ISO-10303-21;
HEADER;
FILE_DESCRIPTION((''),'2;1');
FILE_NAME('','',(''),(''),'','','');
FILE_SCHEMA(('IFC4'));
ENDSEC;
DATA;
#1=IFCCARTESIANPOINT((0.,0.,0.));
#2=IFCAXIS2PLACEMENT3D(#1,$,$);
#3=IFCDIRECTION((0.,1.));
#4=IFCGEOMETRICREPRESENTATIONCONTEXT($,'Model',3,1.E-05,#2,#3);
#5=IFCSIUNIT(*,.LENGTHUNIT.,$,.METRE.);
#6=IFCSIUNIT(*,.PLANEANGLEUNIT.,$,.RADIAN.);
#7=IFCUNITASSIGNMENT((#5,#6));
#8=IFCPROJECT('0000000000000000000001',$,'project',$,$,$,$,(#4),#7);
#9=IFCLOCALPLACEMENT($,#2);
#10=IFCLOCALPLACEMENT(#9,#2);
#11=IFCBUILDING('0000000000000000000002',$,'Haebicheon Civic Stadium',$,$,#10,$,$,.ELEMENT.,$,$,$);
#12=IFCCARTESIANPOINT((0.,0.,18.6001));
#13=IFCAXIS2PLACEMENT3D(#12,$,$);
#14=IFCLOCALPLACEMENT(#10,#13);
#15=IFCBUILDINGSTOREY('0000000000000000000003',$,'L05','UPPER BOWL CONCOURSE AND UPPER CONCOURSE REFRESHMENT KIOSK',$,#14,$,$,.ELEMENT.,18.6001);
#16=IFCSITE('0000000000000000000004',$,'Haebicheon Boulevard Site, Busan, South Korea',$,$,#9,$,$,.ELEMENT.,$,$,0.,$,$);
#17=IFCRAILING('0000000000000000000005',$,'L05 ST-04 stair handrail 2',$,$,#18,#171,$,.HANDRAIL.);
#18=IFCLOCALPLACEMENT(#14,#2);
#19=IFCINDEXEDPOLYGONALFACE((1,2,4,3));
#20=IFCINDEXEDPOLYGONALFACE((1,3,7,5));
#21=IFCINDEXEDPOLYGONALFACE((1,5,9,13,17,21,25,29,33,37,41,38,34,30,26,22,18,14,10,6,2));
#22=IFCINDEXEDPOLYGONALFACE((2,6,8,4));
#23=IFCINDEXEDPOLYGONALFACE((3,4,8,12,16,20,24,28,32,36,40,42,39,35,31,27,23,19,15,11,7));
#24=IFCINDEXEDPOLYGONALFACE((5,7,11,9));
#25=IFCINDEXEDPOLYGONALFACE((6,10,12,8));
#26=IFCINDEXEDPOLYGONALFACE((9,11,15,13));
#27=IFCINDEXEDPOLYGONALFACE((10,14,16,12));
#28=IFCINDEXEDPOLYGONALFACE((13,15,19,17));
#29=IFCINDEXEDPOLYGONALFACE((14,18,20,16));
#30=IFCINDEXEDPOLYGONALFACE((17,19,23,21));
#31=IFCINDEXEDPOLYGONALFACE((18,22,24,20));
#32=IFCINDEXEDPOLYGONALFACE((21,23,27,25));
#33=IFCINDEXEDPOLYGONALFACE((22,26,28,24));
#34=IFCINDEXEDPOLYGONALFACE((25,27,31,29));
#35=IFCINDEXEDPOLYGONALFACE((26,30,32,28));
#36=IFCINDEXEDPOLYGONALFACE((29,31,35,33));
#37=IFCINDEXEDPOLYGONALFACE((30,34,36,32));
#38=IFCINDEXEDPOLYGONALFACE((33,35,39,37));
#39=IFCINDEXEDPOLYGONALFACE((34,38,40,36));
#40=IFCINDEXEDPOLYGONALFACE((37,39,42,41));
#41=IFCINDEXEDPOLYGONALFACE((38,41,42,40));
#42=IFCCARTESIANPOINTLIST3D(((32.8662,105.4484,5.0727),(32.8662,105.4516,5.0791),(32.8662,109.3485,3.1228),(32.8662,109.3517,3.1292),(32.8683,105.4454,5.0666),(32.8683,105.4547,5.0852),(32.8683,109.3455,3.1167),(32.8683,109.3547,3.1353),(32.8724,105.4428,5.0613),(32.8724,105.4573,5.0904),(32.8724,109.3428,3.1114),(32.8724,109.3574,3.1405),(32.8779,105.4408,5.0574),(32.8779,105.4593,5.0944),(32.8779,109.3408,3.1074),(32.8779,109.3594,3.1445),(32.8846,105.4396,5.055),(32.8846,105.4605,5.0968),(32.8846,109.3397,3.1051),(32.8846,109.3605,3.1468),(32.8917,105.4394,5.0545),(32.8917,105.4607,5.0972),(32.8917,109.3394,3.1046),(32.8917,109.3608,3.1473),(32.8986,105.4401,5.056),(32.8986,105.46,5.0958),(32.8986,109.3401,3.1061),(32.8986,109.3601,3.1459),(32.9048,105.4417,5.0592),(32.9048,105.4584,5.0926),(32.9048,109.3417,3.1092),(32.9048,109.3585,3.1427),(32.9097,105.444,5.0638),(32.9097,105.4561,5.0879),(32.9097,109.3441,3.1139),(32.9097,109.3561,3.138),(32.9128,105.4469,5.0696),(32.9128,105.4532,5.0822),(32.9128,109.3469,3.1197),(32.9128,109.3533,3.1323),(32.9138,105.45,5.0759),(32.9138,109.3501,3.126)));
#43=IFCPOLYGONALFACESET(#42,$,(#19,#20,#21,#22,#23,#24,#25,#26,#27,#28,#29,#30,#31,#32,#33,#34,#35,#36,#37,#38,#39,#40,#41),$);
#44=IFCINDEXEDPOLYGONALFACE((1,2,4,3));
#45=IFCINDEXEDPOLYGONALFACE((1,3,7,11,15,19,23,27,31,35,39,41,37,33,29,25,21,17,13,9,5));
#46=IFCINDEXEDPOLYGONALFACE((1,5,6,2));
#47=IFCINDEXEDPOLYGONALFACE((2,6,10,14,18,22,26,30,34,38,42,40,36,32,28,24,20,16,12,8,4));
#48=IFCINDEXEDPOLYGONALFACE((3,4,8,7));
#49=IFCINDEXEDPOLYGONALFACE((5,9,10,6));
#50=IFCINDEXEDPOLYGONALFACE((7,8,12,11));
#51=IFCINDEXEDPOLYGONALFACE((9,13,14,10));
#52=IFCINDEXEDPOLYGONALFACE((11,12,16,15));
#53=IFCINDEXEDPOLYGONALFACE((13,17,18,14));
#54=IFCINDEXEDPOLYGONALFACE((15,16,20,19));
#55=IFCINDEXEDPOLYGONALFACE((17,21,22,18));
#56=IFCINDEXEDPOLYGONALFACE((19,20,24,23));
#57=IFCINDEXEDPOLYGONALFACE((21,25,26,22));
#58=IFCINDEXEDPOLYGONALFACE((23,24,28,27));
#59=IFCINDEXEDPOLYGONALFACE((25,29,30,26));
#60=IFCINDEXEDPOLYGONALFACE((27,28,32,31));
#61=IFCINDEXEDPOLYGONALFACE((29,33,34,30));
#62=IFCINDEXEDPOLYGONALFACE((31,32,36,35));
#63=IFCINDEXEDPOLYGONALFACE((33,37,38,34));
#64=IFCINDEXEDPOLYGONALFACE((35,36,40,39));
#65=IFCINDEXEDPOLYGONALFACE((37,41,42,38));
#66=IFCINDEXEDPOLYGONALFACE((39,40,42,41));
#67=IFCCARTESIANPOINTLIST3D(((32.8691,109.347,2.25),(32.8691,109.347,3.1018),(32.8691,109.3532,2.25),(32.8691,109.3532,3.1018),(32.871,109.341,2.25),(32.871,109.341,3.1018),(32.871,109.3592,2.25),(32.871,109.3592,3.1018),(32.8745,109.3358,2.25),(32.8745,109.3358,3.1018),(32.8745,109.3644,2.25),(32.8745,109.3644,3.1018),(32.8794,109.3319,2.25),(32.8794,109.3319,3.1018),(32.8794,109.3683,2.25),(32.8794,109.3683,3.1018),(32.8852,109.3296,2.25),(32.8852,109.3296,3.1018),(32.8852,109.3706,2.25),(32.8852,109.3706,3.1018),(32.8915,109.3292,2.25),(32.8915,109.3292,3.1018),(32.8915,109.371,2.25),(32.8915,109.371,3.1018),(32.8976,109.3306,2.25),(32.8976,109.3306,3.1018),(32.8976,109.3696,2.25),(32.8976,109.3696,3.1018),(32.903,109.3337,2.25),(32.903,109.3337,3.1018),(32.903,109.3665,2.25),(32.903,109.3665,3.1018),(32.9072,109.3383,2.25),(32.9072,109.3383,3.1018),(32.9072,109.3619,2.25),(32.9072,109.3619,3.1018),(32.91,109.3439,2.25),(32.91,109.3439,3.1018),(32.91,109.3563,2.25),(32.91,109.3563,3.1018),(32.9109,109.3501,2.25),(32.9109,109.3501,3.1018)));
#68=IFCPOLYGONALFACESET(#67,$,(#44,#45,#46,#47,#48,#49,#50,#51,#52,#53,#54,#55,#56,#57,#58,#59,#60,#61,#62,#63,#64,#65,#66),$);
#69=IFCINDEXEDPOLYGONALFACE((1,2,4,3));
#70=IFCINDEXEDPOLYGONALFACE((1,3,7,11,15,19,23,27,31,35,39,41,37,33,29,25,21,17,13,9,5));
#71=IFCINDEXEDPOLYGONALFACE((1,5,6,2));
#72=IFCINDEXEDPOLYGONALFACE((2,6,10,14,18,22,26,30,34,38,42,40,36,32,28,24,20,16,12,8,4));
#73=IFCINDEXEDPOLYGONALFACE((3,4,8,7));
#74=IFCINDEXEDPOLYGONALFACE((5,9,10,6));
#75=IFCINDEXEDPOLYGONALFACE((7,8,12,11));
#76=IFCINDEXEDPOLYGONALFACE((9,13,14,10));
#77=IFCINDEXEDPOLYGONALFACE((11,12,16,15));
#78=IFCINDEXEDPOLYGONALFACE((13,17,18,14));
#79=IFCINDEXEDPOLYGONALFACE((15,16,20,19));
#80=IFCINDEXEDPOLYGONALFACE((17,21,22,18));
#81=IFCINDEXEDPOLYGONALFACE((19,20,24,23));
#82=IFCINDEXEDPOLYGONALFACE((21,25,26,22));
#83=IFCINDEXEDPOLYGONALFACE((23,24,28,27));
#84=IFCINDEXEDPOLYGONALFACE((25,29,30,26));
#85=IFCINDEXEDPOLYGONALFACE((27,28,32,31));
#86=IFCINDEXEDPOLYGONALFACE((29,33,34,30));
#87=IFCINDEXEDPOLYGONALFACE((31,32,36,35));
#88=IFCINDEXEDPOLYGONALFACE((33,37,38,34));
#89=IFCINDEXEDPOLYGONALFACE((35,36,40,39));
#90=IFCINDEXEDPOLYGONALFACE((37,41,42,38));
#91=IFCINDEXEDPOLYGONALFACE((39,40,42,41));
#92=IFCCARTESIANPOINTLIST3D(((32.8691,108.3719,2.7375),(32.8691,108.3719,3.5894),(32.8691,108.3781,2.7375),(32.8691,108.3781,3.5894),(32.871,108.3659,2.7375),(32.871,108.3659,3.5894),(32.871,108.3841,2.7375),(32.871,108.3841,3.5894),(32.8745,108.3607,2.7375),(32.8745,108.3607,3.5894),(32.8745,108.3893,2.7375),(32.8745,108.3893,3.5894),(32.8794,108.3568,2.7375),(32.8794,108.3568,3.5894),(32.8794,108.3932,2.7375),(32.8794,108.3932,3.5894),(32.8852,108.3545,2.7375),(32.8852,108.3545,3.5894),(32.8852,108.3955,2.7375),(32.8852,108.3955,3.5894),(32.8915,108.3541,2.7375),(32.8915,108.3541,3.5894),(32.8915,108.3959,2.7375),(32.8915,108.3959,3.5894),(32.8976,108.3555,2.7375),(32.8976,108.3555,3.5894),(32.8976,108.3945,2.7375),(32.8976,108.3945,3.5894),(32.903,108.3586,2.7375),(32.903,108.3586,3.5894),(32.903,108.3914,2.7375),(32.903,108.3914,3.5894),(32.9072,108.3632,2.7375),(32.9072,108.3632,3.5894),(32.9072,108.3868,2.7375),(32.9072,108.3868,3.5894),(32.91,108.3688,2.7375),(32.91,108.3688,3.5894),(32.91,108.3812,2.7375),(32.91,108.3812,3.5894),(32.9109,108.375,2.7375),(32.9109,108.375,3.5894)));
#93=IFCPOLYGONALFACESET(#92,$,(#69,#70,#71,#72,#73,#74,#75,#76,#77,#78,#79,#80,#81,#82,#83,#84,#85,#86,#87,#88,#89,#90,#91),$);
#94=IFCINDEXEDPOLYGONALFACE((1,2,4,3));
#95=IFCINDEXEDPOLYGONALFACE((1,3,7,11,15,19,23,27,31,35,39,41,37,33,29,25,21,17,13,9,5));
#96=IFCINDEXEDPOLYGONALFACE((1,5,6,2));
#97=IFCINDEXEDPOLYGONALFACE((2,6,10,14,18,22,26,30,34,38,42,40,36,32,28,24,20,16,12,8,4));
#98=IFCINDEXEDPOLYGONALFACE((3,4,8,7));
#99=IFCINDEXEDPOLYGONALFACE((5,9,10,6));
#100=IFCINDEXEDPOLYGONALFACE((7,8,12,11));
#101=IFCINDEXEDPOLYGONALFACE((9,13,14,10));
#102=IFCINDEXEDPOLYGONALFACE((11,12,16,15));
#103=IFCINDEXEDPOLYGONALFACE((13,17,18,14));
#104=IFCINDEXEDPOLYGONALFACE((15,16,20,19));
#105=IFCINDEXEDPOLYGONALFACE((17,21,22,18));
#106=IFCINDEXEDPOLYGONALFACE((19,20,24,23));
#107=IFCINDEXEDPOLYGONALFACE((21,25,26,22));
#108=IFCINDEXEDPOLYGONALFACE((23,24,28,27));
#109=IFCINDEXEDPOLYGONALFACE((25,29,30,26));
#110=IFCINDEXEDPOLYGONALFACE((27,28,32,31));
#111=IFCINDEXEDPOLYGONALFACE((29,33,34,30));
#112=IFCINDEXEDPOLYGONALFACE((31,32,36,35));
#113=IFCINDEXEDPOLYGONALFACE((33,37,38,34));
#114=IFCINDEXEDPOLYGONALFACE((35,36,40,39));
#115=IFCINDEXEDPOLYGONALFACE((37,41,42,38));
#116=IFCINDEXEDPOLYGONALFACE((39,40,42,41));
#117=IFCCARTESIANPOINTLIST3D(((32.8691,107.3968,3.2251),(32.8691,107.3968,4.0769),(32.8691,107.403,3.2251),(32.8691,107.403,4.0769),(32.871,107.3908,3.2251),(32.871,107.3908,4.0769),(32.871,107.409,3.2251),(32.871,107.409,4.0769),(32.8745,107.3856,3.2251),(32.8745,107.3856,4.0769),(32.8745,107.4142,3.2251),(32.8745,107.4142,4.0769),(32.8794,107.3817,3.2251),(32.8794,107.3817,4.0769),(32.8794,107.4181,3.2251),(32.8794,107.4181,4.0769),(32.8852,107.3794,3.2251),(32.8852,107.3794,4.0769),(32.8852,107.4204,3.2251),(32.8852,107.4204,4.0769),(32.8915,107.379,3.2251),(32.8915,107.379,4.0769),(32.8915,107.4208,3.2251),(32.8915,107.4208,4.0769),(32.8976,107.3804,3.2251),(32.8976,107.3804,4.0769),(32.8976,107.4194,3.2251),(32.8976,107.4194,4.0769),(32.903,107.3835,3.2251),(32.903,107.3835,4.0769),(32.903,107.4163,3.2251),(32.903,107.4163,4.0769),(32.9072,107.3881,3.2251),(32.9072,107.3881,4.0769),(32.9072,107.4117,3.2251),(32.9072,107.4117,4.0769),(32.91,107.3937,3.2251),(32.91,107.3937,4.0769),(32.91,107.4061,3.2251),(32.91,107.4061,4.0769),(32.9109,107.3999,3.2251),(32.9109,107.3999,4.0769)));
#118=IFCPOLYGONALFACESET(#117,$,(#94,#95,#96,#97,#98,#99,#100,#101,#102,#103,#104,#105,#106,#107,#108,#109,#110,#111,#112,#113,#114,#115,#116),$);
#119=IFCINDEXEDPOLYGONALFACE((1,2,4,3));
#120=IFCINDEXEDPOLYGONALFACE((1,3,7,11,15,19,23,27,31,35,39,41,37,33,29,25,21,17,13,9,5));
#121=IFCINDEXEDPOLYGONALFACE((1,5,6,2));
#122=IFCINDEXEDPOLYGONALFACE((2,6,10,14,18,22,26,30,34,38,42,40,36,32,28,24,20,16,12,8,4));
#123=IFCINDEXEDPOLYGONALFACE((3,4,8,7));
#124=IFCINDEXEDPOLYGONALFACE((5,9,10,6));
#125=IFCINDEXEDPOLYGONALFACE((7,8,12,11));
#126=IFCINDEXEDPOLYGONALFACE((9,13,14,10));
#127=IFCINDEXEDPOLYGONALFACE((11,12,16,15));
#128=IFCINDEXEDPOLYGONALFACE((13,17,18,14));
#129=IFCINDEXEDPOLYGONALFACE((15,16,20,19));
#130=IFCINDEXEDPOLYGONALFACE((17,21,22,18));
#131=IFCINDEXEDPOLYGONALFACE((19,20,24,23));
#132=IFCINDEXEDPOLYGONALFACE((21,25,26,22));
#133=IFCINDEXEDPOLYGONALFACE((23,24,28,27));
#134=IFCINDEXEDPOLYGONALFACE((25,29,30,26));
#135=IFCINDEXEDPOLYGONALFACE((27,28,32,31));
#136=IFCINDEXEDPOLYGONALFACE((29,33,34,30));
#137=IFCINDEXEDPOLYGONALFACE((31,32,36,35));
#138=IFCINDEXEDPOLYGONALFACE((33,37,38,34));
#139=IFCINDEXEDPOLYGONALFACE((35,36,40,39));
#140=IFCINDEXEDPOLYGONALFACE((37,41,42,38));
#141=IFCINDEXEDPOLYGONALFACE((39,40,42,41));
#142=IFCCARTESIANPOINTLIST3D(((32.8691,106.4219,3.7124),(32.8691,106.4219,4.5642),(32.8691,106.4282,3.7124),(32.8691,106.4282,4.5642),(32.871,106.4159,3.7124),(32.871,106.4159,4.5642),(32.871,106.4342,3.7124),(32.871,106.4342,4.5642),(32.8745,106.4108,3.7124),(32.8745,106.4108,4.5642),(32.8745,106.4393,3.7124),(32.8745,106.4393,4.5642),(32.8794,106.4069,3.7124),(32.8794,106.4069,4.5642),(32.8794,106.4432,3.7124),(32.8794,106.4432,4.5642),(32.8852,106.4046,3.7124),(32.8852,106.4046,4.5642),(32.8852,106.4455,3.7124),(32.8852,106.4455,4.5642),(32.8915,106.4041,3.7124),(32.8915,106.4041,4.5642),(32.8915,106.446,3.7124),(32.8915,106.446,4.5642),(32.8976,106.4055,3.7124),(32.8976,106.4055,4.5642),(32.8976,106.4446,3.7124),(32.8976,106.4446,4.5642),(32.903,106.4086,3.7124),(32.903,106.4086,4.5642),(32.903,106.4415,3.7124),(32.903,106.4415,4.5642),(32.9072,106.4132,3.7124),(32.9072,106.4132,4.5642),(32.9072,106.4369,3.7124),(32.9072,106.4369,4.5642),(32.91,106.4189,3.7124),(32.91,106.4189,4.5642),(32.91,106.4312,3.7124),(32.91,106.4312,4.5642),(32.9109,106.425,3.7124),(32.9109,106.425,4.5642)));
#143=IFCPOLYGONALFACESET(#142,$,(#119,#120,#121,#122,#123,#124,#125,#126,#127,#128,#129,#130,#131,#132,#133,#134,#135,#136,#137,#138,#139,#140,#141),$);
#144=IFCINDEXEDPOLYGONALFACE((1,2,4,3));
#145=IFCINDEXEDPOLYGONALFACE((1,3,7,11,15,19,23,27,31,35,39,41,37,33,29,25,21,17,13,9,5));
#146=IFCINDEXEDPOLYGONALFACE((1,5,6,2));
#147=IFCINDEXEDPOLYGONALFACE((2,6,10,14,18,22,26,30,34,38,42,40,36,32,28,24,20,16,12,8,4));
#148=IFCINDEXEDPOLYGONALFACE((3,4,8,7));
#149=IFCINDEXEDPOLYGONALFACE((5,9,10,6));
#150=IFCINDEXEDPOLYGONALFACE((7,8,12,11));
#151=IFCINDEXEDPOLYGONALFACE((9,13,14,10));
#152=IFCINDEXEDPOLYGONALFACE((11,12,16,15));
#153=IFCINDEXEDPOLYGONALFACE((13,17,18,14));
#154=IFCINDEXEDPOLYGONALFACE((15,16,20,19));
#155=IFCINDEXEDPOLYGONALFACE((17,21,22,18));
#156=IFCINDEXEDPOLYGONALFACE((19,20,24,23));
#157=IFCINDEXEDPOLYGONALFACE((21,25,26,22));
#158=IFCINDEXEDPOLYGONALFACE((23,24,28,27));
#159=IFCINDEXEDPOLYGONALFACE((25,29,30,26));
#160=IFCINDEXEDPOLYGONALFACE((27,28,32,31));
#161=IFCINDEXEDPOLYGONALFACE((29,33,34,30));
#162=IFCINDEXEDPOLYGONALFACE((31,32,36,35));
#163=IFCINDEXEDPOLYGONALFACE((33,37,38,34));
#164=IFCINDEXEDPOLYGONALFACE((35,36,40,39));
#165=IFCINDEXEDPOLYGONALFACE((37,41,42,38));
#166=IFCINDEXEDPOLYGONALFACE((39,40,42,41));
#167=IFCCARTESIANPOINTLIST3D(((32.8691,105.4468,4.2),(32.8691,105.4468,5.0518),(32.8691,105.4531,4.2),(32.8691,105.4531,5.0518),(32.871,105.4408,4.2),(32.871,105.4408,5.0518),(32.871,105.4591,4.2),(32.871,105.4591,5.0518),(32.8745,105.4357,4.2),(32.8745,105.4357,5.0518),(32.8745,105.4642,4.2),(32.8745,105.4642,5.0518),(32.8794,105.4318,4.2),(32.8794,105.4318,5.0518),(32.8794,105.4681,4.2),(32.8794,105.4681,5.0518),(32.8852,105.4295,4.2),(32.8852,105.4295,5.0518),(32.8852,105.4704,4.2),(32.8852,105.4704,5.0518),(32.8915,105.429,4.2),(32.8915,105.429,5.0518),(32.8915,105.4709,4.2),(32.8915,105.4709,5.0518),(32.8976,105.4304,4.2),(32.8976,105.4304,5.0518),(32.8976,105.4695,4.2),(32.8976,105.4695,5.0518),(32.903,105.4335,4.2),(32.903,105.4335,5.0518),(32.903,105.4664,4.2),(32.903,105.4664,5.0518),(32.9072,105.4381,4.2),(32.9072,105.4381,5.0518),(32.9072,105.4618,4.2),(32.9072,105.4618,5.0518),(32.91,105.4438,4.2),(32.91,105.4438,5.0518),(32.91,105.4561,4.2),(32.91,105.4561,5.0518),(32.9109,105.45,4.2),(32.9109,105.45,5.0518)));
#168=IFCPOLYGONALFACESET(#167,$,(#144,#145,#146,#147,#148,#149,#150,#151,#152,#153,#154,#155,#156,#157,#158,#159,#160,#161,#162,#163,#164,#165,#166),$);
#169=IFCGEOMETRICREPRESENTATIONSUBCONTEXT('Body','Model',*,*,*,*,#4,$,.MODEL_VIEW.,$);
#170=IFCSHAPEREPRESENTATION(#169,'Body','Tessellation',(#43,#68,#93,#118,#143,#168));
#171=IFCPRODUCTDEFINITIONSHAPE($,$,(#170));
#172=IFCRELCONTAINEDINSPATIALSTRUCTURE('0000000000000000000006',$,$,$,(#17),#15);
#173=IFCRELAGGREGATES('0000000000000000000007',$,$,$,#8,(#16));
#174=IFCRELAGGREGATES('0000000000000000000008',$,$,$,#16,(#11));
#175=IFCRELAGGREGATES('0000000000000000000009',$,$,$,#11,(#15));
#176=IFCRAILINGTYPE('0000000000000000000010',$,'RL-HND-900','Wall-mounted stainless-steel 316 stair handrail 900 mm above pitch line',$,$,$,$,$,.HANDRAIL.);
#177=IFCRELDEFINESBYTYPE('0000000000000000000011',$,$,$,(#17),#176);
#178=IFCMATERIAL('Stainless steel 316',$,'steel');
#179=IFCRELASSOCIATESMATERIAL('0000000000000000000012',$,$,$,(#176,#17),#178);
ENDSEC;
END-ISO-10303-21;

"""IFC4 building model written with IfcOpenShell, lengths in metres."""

from ifc_helpers import new_model, si_unit, direction, frame, origin, origin_2d, place, context, subcontext, project, spatial, circle, extrude, material, type_object, element, save


model = new_model("IFC4")

# Units and contexts
model_context = context("Model", 3, precision=1e-05, world=origin(), true_north=direction((0.0, 1.0)))
body_context = subcontext(model_context, "Body", "Model", "MODEL_VIEW")
ifc_project = project(units=[si_unit("LENGTHUNIT", "METRE"), si_unit("PLANEANGLEUNIT", "RADIAN")], contexts=[model_context])

# Site, building, storey
site_placement = place(None, origin())
site = spatial("IfcSite", under=ifc_project, at=site_placement, Name="Haebicheon Boulevard Site, Busan, South Korea", CompositionType="ELEMENT", RefElevation=0.0)
building_placement = place(site_placement, origin())
building = spatial("IfcBuilding", under=site, at=building_placement, Name="Haebicheon Civic Stadium", CompositionType="ELEMENT")
storey_placement = place(building_placement, frame((0.0, 0.0, 18.6001)))
storey = spatial("IfcBuildingStorey", under=building, at=storey_placement, Name="L05", Description="UPPER BOWL CONCOURSE AND UPPER CONCOURSE REFRESHMENT KIOSK", CompositionType="ELEMENT", Elevation=18.6001)

# Railing
ifc_material_1 = material(Name="Stainless steel 316", Category="steel")
railing_type_1 = type_object("IfcRailingType", Name="RL-HND-900", Description="Wall-mounted stainless-steel 316 stair handrail 900 mm above pitch line", PredefinedType="HANDRAIL", material=ifc_material_1)
railing_1_placement = place(storey_placement, frame((32.8899, 109.3501, 2.25)))
element("IfcRailing", 1, at=railing_1_placement, inside=storey, type_object=railing_type_1, material=ifc_material_1, Name="L05 ST-04 stair handrail 2", PredefinedType="HANDRAIL", context=body_context, shape_type="SweptSolid", body=[
    extrude(circle(Radius=0.0239, at=origin_2d()), frame((0.0, 0.0, 0.876), z_axis=(0.0, -0.894438, 0.447191), x_axis=(1.0, 0.0, 0.0)), (0.0, 0.0, 1.0), 4.3604),
    extrude(circle(Radius=0.021, at=origin_2d()), origin(), (0.0, 0.0, 1.0), 0.8518),
    extrude(circle(Radius=0.021, at=origin_2d()), frame((0.0, -0.9751, 0.4875)), (0.0, 0.0, 1.0), 0.8518),
    extrude(circle(Radius=0.021, at=origin_2d()), frame((0.0, -1.9502, 0.9751)), (0.0, 0.0, 1.0), 0.8518),
    extrude(circle(Radius=0.021, at=origin_2d()), frame((0.0, -2.925, 1.4624)), (0.0, 0.0, 1.0), 0.8518),
    extrude(circle(Radius=0.021, at=origin_2d()), frame((0.0, -3.9001, 1.95)), (0.0, 0.0, 1.0), 0.8518),
])

save(model, "model.ifc")
